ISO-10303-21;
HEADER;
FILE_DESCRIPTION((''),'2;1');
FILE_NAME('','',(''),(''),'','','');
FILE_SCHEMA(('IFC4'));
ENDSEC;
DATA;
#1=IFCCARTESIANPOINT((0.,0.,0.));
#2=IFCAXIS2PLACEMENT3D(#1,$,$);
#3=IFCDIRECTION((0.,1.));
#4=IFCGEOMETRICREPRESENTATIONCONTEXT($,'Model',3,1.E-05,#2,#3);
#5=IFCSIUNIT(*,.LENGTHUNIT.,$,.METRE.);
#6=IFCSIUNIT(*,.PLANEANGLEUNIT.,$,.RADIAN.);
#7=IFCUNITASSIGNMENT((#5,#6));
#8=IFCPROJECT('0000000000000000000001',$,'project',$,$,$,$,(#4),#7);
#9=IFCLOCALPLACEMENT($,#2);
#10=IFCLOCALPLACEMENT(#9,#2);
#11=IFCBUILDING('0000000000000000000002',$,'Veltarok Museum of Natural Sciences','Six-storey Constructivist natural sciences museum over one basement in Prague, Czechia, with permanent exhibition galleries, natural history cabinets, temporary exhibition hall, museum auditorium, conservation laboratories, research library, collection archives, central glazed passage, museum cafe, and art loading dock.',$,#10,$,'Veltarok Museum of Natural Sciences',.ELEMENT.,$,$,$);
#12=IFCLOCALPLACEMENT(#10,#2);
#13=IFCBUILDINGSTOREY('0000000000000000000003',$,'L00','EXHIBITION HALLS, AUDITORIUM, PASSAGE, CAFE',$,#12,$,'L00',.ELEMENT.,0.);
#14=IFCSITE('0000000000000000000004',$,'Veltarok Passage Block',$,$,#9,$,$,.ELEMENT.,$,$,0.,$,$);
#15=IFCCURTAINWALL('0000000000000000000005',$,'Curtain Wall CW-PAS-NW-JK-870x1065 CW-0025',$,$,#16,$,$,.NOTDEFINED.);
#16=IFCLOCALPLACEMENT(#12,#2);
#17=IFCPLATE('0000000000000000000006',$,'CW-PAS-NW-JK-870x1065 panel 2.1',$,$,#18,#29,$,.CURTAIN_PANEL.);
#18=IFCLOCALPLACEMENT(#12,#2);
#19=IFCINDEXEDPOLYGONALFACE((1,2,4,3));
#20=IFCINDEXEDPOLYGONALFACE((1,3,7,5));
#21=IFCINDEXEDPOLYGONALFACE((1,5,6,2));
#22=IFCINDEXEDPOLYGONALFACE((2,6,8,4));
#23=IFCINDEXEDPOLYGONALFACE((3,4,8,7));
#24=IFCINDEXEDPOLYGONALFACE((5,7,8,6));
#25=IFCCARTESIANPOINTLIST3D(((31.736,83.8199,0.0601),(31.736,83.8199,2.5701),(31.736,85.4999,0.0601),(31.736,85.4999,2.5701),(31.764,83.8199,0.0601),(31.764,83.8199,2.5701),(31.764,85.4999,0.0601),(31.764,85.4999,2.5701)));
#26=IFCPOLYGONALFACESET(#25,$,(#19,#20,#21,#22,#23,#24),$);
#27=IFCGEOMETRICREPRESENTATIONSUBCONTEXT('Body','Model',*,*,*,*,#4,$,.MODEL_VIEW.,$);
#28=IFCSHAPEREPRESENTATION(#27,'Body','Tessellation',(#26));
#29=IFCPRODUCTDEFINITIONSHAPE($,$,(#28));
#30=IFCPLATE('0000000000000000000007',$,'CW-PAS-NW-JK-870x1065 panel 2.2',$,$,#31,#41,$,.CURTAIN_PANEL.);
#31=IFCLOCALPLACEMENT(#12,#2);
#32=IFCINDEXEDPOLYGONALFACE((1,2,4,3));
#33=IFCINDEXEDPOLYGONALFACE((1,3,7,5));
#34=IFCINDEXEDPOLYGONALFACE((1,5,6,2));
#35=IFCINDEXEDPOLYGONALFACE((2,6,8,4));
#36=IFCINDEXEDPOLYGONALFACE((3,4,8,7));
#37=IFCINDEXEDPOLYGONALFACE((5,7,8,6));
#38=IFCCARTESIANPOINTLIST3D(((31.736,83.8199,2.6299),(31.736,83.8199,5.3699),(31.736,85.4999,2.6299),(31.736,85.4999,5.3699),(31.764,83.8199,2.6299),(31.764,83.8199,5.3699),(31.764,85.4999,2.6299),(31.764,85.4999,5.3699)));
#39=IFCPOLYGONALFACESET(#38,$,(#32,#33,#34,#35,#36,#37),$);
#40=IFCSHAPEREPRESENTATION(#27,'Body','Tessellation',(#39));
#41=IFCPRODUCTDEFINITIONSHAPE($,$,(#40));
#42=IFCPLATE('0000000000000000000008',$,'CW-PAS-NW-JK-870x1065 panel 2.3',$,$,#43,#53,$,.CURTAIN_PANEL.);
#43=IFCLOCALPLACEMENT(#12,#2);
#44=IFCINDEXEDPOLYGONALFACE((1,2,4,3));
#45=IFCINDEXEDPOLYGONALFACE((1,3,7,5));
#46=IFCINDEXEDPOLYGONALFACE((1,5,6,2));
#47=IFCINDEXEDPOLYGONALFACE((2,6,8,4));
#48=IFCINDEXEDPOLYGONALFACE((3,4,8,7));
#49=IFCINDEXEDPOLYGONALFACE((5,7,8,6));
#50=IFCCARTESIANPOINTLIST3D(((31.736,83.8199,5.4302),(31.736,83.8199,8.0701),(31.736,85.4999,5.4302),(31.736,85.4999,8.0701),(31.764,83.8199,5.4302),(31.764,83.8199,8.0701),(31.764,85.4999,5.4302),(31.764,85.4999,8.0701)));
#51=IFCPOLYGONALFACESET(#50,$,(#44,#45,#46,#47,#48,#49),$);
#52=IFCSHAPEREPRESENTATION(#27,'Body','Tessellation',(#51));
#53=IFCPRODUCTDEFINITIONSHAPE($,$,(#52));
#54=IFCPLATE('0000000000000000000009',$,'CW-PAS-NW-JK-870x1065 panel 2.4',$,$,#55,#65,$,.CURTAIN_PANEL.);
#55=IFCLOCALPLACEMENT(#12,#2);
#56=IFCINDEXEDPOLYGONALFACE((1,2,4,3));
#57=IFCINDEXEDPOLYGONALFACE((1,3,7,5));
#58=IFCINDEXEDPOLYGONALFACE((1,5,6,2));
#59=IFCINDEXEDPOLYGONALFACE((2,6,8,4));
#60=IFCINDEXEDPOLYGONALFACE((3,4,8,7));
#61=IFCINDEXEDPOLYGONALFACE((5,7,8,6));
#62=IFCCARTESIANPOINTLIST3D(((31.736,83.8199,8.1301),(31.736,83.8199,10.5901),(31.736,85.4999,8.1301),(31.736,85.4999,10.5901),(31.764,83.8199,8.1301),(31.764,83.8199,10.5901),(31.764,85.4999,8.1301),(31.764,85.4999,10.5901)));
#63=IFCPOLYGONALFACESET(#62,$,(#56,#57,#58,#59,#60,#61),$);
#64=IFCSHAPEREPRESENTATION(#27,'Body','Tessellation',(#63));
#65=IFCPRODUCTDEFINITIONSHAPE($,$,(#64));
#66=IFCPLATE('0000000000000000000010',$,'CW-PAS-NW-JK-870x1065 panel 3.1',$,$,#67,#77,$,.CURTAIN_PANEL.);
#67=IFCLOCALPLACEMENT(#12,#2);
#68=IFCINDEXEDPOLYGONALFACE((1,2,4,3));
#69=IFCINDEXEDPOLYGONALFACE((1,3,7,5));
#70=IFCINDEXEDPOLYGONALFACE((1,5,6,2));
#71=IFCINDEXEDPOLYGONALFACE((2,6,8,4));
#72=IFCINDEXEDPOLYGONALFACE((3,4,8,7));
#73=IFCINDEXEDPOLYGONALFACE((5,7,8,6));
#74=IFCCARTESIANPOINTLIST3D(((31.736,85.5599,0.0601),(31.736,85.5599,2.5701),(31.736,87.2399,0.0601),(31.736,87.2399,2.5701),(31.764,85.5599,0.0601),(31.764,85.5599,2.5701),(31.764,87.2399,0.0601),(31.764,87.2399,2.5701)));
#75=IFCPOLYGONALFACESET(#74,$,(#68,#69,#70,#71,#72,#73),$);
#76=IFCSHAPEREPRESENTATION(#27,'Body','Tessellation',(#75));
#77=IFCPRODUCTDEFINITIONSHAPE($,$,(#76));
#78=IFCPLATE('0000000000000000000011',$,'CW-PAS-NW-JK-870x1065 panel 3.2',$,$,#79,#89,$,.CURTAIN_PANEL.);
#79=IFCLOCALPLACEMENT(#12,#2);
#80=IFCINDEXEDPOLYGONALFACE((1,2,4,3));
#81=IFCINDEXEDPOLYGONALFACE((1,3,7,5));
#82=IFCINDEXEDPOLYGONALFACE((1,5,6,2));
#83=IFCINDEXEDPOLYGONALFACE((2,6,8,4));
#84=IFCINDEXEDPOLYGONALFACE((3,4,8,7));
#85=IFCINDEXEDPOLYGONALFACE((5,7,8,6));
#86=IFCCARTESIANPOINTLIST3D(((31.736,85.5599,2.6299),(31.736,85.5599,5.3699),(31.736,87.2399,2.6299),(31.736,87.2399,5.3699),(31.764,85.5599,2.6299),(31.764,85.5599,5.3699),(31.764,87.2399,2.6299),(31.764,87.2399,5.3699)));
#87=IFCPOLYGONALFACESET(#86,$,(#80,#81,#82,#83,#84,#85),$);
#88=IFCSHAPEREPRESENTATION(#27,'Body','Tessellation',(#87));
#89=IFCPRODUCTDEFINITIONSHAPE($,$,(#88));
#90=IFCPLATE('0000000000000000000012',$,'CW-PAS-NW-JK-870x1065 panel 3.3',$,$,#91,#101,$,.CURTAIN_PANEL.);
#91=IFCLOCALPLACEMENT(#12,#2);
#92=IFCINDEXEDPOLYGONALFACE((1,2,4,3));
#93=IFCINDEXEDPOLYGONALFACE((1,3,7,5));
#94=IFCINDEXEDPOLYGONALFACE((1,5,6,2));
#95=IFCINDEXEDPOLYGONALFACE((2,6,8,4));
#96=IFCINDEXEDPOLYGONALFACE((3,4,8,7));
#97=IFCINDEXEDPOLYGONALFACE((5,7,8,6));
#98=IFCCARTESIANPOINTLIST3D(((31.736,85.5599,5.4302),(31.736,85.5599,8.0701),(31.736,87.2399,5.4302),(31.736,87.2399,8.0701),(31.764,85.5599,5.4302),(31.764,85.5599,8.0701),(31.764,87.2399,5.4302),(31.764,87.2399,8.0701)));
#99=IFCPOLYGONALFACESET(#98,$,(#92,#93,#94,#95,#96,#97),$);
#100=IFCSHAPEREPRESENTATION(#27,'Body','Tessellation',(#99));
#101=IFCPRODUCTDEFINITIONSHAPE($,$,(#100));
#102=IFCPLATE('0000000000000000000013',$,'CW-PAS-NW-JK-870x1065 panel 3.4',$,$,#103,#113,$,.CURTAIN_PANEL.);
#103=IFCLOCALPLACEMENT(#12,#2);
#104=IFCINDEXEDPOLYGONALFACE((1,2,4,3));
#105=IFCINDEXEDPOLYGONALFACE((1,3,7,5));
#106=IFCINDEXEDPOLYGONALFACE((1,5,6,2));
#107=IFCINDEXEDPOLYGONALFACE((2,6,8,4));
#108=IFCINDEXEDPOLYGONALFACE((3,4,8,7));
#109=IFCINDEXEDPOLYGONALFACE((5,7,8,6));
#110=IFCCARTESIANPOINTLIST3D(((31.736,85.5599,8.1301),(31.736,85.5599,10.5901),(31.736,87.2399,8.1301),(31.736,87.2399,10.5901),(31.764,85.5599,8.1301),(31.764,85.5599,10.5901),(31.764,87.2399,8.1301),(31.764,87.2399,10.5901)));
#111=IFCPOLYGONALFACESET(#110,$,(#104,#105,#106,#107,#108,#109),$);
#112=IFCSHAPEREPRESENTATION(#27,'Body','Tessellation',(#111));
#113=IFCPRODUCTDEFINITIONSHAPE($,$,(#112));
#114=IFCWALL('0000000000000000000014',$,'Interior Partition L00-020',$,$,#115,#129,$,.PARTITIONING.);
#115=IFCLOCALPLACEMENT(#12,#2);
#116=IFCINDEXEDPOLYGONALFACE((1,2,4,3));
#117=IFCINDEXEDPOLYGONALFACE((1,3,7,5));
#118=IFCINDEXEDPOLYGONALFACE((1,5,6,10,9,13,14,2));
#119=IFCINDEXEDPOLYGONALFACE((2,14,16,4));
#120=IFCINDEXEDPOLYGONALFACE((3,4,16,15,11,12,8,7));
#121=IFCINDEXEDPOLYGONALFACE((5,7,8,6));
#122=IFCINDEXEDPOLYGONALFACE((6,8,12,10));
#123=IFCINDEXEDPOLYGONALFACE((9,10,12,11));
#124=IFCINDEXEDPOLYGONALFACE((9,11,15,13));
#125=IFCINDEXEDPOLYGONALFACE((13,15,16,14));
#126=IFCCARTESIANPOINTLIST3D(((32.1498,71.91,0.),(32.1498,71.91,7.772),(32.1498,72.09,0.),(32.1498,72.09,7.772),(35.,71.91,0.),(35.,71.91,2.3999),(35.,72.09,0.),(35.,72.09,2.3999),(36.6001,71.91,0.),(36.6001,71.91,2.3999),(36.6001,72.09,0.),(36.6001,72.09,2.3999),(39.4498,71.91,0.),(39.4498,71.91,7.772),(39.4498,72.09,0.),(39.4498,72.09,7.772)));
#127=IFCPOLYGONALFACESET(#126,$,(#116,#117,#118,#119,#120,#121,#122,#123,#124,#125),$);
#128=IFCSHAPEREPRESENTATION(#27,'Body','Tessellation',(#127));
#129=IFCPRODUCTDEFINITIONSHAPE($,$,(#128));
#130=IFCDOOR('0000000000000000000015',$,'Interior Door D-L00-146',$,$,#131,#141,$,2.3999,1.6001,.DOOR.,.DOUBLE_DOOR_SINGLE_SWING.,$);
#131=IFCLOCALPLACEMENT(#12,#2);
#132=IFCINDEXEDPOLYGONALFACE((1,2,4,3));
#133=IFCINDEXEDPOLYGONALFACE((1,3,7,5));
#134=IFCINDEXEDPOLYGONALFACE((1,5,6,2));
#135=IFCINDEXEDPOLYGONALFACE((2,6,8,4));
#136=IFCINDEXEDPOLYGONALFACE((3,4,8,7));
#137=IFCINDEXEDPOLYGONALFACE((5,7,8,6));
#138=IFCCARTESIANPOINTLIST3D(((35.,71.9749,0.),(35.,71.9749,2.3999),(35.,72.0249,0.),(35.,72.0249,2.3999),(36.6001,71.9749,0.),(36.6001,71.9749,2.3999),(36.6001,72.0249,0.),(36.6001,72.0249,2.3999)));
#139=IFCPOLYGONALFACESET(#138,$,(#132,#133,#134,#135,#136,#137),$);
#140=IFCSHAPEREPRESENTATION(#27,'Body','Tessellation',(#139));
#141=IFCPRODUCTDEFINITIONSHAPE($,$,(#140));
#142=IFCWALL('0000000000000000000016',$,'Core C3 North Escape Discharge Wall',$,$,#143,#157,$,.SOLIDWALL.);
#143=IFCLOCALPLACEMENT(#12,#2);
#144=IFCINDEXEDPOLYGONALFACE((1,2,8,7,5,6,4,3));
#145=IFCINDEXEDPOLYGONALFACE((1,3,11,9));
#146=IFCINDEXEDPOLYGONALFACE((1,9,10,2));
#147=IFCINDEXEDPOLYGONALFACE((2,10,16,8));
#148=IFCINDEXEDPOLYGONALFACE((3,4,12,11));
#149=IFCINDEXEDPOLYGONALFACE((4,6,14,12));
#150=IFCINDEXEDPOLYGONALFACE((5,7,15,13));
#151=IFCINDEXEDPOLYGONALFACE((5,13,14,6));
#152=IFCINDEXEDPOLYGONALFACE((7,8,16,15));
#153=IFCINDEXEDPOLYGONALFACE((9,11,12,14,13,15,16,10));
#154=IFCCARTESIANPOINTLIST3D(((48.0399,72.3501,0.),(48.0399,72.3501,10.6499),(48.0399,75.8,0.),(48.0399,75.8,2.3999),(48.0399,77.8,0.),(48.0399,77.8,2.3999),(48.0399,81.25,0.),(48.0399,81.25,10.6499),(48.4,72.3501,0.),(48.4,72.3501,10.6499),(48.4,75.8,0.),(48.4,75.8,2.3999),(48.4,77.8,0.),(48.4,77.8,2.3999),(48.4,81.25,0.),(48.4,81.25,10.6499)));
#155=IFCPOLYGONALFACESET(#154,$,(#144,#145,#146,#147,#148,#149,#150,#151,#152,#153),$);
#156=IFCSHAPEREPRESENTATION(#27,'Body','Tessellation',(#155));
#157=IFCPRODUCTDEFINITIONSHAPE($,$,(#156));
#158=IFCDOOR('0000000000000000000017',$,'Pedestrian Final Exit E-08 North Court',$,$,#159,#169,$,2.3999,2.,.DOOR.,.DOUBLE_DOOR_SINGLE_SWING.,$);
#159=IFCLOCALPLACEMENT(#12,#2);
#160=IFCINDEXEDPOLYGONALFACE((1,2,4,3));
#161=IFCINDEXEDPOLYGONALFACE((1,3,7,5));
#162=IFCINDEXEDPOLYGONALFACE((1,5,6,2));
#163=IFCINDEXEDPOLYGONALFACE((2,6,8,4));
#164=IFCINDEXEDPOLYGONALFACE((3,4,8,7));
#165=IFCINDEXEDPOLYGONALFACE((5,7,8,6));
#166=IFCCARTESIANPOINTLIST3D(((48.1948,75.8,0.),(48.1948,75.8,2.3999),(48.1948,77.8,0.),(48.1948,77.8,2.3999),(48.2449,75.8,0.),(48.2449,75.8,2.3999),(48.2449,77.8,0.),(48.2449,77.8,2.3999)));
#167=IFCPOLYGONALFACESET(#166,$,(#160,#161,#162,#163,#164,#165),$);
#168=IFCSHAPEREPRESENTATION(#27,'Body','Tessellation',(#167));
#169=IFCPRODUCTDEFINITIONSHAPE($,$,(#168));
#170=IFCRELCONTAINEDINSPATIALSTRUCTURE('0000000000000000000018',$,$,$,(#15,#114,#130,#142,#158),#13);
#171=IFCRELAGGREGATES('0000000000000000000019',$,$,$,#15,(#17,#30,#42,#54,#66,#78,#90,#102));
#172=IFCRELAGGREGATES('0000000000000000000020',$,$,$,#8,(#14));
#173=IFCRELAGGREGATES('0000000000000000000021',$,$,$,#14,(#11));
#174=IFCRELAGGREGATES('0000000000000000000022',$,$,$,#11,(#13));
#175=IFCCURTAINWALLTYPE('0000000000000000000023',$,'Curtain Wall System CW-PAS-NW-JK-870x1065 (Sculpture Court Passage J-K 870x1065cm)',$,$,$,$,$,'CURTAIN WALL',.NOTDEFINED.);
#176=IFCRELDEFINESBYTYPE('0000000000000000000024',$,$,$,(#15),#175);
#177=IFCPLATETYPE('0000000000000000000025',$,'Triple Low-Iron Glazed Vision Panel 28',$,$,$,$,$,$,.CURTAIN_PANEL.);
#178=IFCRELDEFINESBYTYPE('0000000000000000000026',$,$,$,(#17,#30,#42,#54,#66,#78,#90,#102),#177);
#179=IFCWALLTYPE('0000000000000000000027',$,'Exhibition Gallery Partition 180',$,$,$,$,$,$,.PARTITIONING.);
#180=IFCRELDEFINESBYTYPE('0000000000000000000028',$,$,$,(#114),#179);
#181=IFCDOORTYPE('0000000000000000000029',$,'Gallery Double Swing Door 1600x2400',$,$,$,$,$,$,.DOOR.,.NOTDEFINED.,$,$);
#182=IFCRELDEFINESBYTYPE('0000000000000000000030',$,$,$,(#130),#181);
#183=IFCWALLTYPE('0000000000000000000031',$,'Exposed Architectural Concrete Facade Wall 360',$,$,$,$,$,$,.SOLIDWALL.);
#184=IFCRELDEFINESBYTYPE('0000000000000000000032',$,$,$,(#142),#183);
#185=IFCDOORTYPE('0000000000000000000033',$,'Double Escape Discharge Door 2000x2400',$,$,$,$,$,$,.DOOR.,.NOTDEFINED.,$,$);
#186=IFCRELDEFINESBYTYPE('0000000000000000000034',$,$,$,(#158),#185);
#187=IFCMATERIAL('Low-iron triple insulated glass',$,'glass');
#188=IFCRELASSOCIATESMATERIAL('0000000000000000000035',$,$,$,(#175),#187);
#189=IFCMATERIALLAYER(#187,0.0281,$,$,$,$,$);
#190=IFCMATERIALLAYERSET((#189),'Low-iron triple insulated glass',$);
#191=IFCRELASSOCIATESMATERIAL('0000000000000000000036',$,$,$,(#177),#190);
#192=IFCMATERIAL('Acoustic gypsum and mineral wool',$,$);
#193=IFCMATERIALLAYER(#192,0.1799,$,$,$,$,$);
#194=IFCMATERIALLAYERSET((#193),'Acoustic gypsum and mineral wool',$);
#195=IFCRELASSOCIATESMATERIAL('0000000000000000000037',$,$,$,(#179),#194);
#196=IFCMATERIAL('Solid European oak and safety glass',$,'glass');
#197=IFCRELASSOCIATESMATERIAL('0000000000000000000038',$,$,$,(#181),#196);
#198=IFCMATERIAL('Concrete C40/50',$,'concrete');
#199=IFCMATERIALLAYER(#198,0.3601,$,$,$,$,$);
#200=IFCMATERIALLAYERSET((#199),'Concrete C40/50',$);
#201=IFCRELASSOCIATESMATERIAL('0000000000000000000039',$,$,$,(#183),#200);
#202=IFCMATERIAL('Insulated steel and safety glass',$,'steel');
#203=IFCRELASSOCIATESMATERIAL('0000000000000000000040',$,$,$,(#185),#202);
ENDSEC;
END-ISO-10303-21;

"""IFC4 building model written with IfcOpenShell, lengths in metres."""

from ifc_helpers import new_model, si_unit, direction, frame, frame_2d, origin, origin_2d, place, context, subcontext, project, spatial, rectangle, extrude, material, layer, layer_set, type_object, element, fill, aggregate, save


model = new_model("IFC4")

# Units and contexts
model_context = context("Model", 3, precision=1e-05, world=origin(), true_north=direction((0.0, 1.0)))
body_context = subcontext(model_context, "Body", "Model", "MODEL_VIEW")
ifc_project = project(units=[si_unit("LENGTHUNIT", "METRE"), si_unit("PLANEANGLEUNIT", "RADIAN")], contexts=[model_context])

# Site, building, storey
site_placement = place(None, origin())
site = spatial("IfcSite", under=ifc_project, at=site_placement, Name="Veltarok Passage Block", CompositionType="ELEMENT", RefElevation=0.0)
building_placement = place(site_placement, origin())
building = spatial("IfcBuilding", under=site, at=building_placement, Name="Veltarok Museum of Natural Sciences", Description="Six-storey Constructivist natural sciences museum over one basement in Prague, Czechia, with permanent exhibition galleries, natural history cabinets, temporary exhibition hall, museum auditorium, conservation laboratories, research library, collection archives, central glazed passage, museum cafe, and art loading dock.", LongName="Veltarok Museum of Natural Sciences", CompositionType="ELEMENT")
storey_placement = place(building_placement, origin())
storey = spatial("IfcBuildingStorey", under=building, at=storey_placement, Name="L00", Description="EXHIBITION HALLS, AUDITORIUM, PASSAGE, CAFE", LongName="L00", CompositionType="ELEMENT", Elevation=0.0)

# Curtain wall
ifc_material_1 = material(Name="Low-iron triple insulated glass", Category="glass")
curtain_wall_type_1 = type_object("IfcCurtainWallType", Name="Curtain Wall System CW-PAS-NW-JK-870x1065 (Sculpture Court Passage J-K 870x1065cm)", ElementType="CURTAIN WALL", PredefinedType="NOTDEFINED", material=ifc_material_1)
curtain_wall_1_placement = place(storey_placement, origin())
curtain_wall_1 = element("IfcCurtainWall", 1, at=curtain_wall_1_placement, inside=storey, type_object=curtain_wall_type_1, Name="Curtain Wall CW-PAS-NW-JK-870x1065 CW-0025", PredefinedType="NOTDEFINED")

# Plates
ifc_layer_1 = layer(ifc_material_1, 0.0281)
ifc_layer_set_1 = layer_set([ifc_layer_1], Name="Low-iron triple insulated glass")
plate_type = type_object("IfcPlateType", Name="Triple Low-Iron Glazed Vision Panel 28", PredefinedType="CURTAIN_PANEL", material=ifc_layer_set_1)
plate_1_placement = place(storey_placement, frame((31.75, 84.6599, 0.0601), z_axis=(0.0, 0.0, 1.0), x_axis=(0.0, 1.0, 0.0)))
plate_1 = element("IfcPlate", 2, at=plate_1_placement, type_object=plate_type, Name="CW-PAS-NW-JK-870x1065 panel 2.1", PredefinedType="CURTAIN_PANEL", context=body_context, shape_type="SweptSolid", body=[
    extrude(rectangle(XDim=1.6799, YDim=0.0281, at=origin_2d()), origin(), (0.0, 0.0, 1.0), 2.51),
])
plate_2_placement = place(storey_placement, frame((31.75, 84.6599, 2.6299), z_axis=(0.0, 0.0, 1.0), x_axis=(0.0, 1.0, 0.0)))
plate_2 = element("IfcPlate", 3, at=plate_2_placement, type_object=plate_type, Name="CW-PAS-NW-JK-870x1065 panel 2.2", PredefinedType="CURTAIN_PANEL", context=body_context, shape_type="SweptSolid", body=[
    extrude(rectangle(XDim=1.6799, YDim=0.0281, at=origin_2d()), origin(), (0.0, 0.0, 1.0), 2.74),
])
plate_3_placement = place(storey_placement, frame((31.75, 84.6599, 5.4302), z_axis=(0.0, 0.0, 1.0), x_axis=(0.0, 1.0, 0.0)))
plate_3 = element("IfcPlate", 4, at=plate_3_placement, type_object=plate_type, Name="CW-PAS-NW-JK-870x1065 panel 2.3", PredefinedType="CURTAIN_PANEL", context=body_context, shape_type="SweptSolid", body=[
    extrude(rectangle(XDim=1.6799, YDim=0.0281, at=origin_2d()), origin(), (0.0, 0.0, 1.0), 2.6399),
])
plate_4_placement = place(storey_placement, frame((31.75, 84.6599, 8.1301), z_axis=(0.0, 0.0, 1.0), x_axis=(0.0, 1.0, 0.0)))
plate_4 = element("IfcPlate", 5, at=plate_4_placement, type_object=plate_type, Name="CW-PAS-NW-JK-870x1065 panel 2.4", PredefinedType="CURTAIN_PANEL", context=body_context, shape_type="SweptSolid", body=[
    extrude(rectangle(XDim=1.6799, YDim=0.0281, at=origin_2d()), origin(), (0.0, 0.0, 1.0), 2.46),
])
plate_5_placement = place(storey_placement, frame((31.75, 86.3999, 0.0601), z_axis=(0.0, 0.0, 1.0), x_axis=(0.0, 1.0, 0.0)))
plate_5 = element("IfcPlate", 6, at=plate_5_placement, type_object=plate_type, Name="CW-PAS-NW-JK-870x1065 panel 3.1", PredefinedType="CURTAIN_PANEL", context=body_context, shape_type="SweptSolid", body=[
    extrude(rectangle(XDim=1.6799, YDim=0.0281, at=origin_2d()), origin(), (0.0, 0.0, 1.0), 2.51),
])
plate_6_placement = place(storey_placement, frame((31.75, 86.3999, 2.6299), z_axis=(0.0, 0.0, 1.0), x_axis=(0.0, 1.0, 0.0)))
plate_6 = element("IfcPlate", 7, at=plate_6_placement, type_object=plate_type, Name="CW-PAS-NW-JK-870x1065 panel 3.2", PredefinedType="CURTAIN_PANEL", context=body_context, shape_type="SweptSolid", body=[
    extrude(rectangle(XDim=1.6799, YDim=0.0281, at=origin_2d()), origin(), (0.0, 0.0, 1.0), 2.74),
])
plate_7_placement = place(storey_placement, frame((31.75, 86.3999, 5.4302), z_axis=(0.0, 0.0, 1.0), x_axis=(0.0, 1.0, 0.0)))
plate_7 = element("IfcPlate", 8, at=plate_7_placement, type_object=plate_type, Name="CW-PAS-NW-JK-870x1065 panel 3.3", PredefinedType="CURTAIN_PANEL", context=body_context, shape_type="SweptSolid", body=[
    extrude(rectangle(XDim=1.6799, YDim=0.0281, at=origin_2d()), origin(), (0.0, 0.0, 1.0), 2.6399),
])
plate_8_placement = place(storey_placement, frame((31.75, 86.3999, 8.1301), z_axis=(0.0, 0.0, 1.0), x_axis=(0.0, 1.0, 0.0)))
plate_8 = element("IfcPlate", 9, at=plate_8_placement, type_object=plate_type, Name="CW-PAS-NW-JK-870x1065 panel 3.4", PredefinedType="CURTAIN_PANEL", context=body_context, shape_type="SweptSolid", body=[
    extrude(rectangle(XDim=1.6799, YDim=0.0281, at=origin_2d()), origin(), (0.0, 0.0, 1.0), 2.46),
])
aggregate(curtain_wall_1, [plate_1, plate_2, plate_3, plate_4, plate_5, plate_6, plate_7, plate_8])

# Walls, openings, doors
ifc_material_2 = material(Name="Acoustic gypsum and mineral wool")
ifc_layer_2 = layer(ifc_material_2, 0.1799)
ifc_layer_set_2 = layer_set([ifc_layer_2], Name="Acoustic gypsum and mineral wool")
wall_type_1 = type_object("IfcWallType", Name="Exhibition Gallery Partition 180", PredefinedType="PARTITIONING", material=ifc_layer_set_2)
wall_1_placement = place(storey_placement, frame((32.1499, 72.0, 0.0), z_axis=(0.0, 0.0, 1.0), x_axis=(1.0, 0.0, 0.0)))
wall_1 = element("IfcWall", 10, at=wall_1_placement, inside=storey, type_object=wall_type_1, Name="Interior Partition L00-020", PredefinedType="PARTITIONING", context=body_context, shape_type="SweptSolid", body=[
    extrude(rectangle(XDim=7.3, YDim=0.1799, at=frame_2d((3.6499, 0.0))), origin(), (0.0, 0.0, 1.0), 7.772),
])
opening_1_placement = place(wall_1_placement, frame((2.8501, 0.0, 0.0)))
opening_1 = element("IfcOpeningElement", 11, at=opening_1_placement, cuts=wall_1, PredefinedType="OPENING", context=body_context, shape_type="SweptSolid", body=[
    extrude(rectangle(XDim=1.6001, YDim=2.3999, at=frame_2d((0.8, 1.2))), frame((0.0, 0.1001, 0.0), z_axis=(0.0, -1.0, 0.0), x_axis=(1.0, 0.0, 0.0)), (0.0, 0.0, 1.0), 0.2),
])
ifc_material_3 = material(Name="Solid European oak and safety glass", Category="glass")
door_type_1 = type_object("IfcDoorType", Name="Gallery Double Swing Door 1600x2400", OperationType="NOTDEFINED", PredefinedType="DOOR", material=ifc_material_3)
door_1_placement = place(opening_1_placement, origin())
door_1 = element("IfcDoor", 12, at=door_1_placement, inside=storey, type_object=door_type_1, Name="Interior Door D-L00-146", OperationType="DOUBLE_DOOR_SINGLE_SWING", OverallHeight=2.3999, OverallWidth=1.6001, PredefinedType="DOOR", context=body_context, shape_type="SweptSolid", body=[
    extrude(rectangle(XDim=1.6001, YDim=2.3999, at=frame_2d((0.8, 1.2))), frame((0.0, 0.0249, 0.0), z_axis=(0.0, -1.0, 0.0), x_axis=(1.0, 0.0, 0.0)), (0.0, 0.0, 1.0), 0.05),
])
fill(opening_1, door_1)
ifc_material_4 = material(Name="Concrete C40/50", Category="concrete")
ifc_layer_3 = layer(ifc_material_4, 0.3601)
ifc_layer_set_3 = layer_set([ifc_layer_3], Name="Concrete C40/50")
wall_type_2 = type_object("IfcWallType", Name="Exposed Architectural Concrete Facade Wall 360", PredefinedType="SOLIDWALL", material=ifc_layer_set_3)
wall_2_placement = place(storey_placement, frame((48.22, 72.3501, 0.0), z_axis=(0.0, 0.0, 1.0), x_axis=(0.0, 1.0, 0.0)))
wall_2 = element("IfcWall", 13, at=wall_2_placement, inside=storey, type_object=wall_type_2, Name="Core C3 North Escape Discharge Wall", PredefinedType="SOLIDWALL", context=body_context, shape_type="SweptSolid", body=[
    extrude(rectangle(XDim=8.8999, YDim=0.3601, at=frame_2d((4.45, 0.0))), origin(), (0.0, 0.0, 1.0), 10.6499),
])
opening_2_placement = place(wall_2_placement, frame((3.45, 0.0, 0.0)))
opening_2 = element("IfcOpeningElement", 14, at=opening_2_placement, cuts=wall_2, PredefinedType="OPENING", context=body_context, shape_type="SweptSolid", body=[
    extrude(rectangle(XDim=2.0, YDim=2.3999, at=frame_2d((1.0, 1.2))), frame((0.0, 0.1899, 0.0), z_axis=(0.0, -1.0, 0.0), x_axis=(1.0, 0.0, 0.0)), (0.0, 0.0, 1.0), 0.3801),
])
ifc_material_5 = material(Name="Insulated steel and safety glass", Category="steel")
door_type_2 = type_object("IfcDoorType", Name="Double Escape Discharge Door 2000x2400", OperationType="NOTDEFINED", PredefinedType="DOOR", material=ifc_material_5)
door_2_placement = place(opening_2_placement, frame((2.0, 0.0, 0.0), z_axis=(0.0, 0.0, 1.0), x_axis=(-1.0, 0.0, 0.0)))
door_2 = element("IfcDoor", 15, at=door_2_placement, inside=storey, type_object=door_type_2, Name="Pedestrian Final Exit E-08 North Court", OperationType="DOUBLE_DOOR_SINGLE_SWING", OverallHeight=2.3999, OverallWidth=2.0, PredefinedType="DOOR", context=body_context, shape_type="SweptSolid", body=[
    extrude(rectangle(XDim=2.0, YDim=2.3999, at=frame_2d((1.0, 1.2))), frame((0.0, 0.0249, 0.0), z_axis=(0.0, -1.0, 0.0), x_axis=(1.0, 0.0, 0.0)), (0.0, 0.0, 1.0), 0.05),
])
fill(opening_2, door_2)

save(model, "model.ifc")
